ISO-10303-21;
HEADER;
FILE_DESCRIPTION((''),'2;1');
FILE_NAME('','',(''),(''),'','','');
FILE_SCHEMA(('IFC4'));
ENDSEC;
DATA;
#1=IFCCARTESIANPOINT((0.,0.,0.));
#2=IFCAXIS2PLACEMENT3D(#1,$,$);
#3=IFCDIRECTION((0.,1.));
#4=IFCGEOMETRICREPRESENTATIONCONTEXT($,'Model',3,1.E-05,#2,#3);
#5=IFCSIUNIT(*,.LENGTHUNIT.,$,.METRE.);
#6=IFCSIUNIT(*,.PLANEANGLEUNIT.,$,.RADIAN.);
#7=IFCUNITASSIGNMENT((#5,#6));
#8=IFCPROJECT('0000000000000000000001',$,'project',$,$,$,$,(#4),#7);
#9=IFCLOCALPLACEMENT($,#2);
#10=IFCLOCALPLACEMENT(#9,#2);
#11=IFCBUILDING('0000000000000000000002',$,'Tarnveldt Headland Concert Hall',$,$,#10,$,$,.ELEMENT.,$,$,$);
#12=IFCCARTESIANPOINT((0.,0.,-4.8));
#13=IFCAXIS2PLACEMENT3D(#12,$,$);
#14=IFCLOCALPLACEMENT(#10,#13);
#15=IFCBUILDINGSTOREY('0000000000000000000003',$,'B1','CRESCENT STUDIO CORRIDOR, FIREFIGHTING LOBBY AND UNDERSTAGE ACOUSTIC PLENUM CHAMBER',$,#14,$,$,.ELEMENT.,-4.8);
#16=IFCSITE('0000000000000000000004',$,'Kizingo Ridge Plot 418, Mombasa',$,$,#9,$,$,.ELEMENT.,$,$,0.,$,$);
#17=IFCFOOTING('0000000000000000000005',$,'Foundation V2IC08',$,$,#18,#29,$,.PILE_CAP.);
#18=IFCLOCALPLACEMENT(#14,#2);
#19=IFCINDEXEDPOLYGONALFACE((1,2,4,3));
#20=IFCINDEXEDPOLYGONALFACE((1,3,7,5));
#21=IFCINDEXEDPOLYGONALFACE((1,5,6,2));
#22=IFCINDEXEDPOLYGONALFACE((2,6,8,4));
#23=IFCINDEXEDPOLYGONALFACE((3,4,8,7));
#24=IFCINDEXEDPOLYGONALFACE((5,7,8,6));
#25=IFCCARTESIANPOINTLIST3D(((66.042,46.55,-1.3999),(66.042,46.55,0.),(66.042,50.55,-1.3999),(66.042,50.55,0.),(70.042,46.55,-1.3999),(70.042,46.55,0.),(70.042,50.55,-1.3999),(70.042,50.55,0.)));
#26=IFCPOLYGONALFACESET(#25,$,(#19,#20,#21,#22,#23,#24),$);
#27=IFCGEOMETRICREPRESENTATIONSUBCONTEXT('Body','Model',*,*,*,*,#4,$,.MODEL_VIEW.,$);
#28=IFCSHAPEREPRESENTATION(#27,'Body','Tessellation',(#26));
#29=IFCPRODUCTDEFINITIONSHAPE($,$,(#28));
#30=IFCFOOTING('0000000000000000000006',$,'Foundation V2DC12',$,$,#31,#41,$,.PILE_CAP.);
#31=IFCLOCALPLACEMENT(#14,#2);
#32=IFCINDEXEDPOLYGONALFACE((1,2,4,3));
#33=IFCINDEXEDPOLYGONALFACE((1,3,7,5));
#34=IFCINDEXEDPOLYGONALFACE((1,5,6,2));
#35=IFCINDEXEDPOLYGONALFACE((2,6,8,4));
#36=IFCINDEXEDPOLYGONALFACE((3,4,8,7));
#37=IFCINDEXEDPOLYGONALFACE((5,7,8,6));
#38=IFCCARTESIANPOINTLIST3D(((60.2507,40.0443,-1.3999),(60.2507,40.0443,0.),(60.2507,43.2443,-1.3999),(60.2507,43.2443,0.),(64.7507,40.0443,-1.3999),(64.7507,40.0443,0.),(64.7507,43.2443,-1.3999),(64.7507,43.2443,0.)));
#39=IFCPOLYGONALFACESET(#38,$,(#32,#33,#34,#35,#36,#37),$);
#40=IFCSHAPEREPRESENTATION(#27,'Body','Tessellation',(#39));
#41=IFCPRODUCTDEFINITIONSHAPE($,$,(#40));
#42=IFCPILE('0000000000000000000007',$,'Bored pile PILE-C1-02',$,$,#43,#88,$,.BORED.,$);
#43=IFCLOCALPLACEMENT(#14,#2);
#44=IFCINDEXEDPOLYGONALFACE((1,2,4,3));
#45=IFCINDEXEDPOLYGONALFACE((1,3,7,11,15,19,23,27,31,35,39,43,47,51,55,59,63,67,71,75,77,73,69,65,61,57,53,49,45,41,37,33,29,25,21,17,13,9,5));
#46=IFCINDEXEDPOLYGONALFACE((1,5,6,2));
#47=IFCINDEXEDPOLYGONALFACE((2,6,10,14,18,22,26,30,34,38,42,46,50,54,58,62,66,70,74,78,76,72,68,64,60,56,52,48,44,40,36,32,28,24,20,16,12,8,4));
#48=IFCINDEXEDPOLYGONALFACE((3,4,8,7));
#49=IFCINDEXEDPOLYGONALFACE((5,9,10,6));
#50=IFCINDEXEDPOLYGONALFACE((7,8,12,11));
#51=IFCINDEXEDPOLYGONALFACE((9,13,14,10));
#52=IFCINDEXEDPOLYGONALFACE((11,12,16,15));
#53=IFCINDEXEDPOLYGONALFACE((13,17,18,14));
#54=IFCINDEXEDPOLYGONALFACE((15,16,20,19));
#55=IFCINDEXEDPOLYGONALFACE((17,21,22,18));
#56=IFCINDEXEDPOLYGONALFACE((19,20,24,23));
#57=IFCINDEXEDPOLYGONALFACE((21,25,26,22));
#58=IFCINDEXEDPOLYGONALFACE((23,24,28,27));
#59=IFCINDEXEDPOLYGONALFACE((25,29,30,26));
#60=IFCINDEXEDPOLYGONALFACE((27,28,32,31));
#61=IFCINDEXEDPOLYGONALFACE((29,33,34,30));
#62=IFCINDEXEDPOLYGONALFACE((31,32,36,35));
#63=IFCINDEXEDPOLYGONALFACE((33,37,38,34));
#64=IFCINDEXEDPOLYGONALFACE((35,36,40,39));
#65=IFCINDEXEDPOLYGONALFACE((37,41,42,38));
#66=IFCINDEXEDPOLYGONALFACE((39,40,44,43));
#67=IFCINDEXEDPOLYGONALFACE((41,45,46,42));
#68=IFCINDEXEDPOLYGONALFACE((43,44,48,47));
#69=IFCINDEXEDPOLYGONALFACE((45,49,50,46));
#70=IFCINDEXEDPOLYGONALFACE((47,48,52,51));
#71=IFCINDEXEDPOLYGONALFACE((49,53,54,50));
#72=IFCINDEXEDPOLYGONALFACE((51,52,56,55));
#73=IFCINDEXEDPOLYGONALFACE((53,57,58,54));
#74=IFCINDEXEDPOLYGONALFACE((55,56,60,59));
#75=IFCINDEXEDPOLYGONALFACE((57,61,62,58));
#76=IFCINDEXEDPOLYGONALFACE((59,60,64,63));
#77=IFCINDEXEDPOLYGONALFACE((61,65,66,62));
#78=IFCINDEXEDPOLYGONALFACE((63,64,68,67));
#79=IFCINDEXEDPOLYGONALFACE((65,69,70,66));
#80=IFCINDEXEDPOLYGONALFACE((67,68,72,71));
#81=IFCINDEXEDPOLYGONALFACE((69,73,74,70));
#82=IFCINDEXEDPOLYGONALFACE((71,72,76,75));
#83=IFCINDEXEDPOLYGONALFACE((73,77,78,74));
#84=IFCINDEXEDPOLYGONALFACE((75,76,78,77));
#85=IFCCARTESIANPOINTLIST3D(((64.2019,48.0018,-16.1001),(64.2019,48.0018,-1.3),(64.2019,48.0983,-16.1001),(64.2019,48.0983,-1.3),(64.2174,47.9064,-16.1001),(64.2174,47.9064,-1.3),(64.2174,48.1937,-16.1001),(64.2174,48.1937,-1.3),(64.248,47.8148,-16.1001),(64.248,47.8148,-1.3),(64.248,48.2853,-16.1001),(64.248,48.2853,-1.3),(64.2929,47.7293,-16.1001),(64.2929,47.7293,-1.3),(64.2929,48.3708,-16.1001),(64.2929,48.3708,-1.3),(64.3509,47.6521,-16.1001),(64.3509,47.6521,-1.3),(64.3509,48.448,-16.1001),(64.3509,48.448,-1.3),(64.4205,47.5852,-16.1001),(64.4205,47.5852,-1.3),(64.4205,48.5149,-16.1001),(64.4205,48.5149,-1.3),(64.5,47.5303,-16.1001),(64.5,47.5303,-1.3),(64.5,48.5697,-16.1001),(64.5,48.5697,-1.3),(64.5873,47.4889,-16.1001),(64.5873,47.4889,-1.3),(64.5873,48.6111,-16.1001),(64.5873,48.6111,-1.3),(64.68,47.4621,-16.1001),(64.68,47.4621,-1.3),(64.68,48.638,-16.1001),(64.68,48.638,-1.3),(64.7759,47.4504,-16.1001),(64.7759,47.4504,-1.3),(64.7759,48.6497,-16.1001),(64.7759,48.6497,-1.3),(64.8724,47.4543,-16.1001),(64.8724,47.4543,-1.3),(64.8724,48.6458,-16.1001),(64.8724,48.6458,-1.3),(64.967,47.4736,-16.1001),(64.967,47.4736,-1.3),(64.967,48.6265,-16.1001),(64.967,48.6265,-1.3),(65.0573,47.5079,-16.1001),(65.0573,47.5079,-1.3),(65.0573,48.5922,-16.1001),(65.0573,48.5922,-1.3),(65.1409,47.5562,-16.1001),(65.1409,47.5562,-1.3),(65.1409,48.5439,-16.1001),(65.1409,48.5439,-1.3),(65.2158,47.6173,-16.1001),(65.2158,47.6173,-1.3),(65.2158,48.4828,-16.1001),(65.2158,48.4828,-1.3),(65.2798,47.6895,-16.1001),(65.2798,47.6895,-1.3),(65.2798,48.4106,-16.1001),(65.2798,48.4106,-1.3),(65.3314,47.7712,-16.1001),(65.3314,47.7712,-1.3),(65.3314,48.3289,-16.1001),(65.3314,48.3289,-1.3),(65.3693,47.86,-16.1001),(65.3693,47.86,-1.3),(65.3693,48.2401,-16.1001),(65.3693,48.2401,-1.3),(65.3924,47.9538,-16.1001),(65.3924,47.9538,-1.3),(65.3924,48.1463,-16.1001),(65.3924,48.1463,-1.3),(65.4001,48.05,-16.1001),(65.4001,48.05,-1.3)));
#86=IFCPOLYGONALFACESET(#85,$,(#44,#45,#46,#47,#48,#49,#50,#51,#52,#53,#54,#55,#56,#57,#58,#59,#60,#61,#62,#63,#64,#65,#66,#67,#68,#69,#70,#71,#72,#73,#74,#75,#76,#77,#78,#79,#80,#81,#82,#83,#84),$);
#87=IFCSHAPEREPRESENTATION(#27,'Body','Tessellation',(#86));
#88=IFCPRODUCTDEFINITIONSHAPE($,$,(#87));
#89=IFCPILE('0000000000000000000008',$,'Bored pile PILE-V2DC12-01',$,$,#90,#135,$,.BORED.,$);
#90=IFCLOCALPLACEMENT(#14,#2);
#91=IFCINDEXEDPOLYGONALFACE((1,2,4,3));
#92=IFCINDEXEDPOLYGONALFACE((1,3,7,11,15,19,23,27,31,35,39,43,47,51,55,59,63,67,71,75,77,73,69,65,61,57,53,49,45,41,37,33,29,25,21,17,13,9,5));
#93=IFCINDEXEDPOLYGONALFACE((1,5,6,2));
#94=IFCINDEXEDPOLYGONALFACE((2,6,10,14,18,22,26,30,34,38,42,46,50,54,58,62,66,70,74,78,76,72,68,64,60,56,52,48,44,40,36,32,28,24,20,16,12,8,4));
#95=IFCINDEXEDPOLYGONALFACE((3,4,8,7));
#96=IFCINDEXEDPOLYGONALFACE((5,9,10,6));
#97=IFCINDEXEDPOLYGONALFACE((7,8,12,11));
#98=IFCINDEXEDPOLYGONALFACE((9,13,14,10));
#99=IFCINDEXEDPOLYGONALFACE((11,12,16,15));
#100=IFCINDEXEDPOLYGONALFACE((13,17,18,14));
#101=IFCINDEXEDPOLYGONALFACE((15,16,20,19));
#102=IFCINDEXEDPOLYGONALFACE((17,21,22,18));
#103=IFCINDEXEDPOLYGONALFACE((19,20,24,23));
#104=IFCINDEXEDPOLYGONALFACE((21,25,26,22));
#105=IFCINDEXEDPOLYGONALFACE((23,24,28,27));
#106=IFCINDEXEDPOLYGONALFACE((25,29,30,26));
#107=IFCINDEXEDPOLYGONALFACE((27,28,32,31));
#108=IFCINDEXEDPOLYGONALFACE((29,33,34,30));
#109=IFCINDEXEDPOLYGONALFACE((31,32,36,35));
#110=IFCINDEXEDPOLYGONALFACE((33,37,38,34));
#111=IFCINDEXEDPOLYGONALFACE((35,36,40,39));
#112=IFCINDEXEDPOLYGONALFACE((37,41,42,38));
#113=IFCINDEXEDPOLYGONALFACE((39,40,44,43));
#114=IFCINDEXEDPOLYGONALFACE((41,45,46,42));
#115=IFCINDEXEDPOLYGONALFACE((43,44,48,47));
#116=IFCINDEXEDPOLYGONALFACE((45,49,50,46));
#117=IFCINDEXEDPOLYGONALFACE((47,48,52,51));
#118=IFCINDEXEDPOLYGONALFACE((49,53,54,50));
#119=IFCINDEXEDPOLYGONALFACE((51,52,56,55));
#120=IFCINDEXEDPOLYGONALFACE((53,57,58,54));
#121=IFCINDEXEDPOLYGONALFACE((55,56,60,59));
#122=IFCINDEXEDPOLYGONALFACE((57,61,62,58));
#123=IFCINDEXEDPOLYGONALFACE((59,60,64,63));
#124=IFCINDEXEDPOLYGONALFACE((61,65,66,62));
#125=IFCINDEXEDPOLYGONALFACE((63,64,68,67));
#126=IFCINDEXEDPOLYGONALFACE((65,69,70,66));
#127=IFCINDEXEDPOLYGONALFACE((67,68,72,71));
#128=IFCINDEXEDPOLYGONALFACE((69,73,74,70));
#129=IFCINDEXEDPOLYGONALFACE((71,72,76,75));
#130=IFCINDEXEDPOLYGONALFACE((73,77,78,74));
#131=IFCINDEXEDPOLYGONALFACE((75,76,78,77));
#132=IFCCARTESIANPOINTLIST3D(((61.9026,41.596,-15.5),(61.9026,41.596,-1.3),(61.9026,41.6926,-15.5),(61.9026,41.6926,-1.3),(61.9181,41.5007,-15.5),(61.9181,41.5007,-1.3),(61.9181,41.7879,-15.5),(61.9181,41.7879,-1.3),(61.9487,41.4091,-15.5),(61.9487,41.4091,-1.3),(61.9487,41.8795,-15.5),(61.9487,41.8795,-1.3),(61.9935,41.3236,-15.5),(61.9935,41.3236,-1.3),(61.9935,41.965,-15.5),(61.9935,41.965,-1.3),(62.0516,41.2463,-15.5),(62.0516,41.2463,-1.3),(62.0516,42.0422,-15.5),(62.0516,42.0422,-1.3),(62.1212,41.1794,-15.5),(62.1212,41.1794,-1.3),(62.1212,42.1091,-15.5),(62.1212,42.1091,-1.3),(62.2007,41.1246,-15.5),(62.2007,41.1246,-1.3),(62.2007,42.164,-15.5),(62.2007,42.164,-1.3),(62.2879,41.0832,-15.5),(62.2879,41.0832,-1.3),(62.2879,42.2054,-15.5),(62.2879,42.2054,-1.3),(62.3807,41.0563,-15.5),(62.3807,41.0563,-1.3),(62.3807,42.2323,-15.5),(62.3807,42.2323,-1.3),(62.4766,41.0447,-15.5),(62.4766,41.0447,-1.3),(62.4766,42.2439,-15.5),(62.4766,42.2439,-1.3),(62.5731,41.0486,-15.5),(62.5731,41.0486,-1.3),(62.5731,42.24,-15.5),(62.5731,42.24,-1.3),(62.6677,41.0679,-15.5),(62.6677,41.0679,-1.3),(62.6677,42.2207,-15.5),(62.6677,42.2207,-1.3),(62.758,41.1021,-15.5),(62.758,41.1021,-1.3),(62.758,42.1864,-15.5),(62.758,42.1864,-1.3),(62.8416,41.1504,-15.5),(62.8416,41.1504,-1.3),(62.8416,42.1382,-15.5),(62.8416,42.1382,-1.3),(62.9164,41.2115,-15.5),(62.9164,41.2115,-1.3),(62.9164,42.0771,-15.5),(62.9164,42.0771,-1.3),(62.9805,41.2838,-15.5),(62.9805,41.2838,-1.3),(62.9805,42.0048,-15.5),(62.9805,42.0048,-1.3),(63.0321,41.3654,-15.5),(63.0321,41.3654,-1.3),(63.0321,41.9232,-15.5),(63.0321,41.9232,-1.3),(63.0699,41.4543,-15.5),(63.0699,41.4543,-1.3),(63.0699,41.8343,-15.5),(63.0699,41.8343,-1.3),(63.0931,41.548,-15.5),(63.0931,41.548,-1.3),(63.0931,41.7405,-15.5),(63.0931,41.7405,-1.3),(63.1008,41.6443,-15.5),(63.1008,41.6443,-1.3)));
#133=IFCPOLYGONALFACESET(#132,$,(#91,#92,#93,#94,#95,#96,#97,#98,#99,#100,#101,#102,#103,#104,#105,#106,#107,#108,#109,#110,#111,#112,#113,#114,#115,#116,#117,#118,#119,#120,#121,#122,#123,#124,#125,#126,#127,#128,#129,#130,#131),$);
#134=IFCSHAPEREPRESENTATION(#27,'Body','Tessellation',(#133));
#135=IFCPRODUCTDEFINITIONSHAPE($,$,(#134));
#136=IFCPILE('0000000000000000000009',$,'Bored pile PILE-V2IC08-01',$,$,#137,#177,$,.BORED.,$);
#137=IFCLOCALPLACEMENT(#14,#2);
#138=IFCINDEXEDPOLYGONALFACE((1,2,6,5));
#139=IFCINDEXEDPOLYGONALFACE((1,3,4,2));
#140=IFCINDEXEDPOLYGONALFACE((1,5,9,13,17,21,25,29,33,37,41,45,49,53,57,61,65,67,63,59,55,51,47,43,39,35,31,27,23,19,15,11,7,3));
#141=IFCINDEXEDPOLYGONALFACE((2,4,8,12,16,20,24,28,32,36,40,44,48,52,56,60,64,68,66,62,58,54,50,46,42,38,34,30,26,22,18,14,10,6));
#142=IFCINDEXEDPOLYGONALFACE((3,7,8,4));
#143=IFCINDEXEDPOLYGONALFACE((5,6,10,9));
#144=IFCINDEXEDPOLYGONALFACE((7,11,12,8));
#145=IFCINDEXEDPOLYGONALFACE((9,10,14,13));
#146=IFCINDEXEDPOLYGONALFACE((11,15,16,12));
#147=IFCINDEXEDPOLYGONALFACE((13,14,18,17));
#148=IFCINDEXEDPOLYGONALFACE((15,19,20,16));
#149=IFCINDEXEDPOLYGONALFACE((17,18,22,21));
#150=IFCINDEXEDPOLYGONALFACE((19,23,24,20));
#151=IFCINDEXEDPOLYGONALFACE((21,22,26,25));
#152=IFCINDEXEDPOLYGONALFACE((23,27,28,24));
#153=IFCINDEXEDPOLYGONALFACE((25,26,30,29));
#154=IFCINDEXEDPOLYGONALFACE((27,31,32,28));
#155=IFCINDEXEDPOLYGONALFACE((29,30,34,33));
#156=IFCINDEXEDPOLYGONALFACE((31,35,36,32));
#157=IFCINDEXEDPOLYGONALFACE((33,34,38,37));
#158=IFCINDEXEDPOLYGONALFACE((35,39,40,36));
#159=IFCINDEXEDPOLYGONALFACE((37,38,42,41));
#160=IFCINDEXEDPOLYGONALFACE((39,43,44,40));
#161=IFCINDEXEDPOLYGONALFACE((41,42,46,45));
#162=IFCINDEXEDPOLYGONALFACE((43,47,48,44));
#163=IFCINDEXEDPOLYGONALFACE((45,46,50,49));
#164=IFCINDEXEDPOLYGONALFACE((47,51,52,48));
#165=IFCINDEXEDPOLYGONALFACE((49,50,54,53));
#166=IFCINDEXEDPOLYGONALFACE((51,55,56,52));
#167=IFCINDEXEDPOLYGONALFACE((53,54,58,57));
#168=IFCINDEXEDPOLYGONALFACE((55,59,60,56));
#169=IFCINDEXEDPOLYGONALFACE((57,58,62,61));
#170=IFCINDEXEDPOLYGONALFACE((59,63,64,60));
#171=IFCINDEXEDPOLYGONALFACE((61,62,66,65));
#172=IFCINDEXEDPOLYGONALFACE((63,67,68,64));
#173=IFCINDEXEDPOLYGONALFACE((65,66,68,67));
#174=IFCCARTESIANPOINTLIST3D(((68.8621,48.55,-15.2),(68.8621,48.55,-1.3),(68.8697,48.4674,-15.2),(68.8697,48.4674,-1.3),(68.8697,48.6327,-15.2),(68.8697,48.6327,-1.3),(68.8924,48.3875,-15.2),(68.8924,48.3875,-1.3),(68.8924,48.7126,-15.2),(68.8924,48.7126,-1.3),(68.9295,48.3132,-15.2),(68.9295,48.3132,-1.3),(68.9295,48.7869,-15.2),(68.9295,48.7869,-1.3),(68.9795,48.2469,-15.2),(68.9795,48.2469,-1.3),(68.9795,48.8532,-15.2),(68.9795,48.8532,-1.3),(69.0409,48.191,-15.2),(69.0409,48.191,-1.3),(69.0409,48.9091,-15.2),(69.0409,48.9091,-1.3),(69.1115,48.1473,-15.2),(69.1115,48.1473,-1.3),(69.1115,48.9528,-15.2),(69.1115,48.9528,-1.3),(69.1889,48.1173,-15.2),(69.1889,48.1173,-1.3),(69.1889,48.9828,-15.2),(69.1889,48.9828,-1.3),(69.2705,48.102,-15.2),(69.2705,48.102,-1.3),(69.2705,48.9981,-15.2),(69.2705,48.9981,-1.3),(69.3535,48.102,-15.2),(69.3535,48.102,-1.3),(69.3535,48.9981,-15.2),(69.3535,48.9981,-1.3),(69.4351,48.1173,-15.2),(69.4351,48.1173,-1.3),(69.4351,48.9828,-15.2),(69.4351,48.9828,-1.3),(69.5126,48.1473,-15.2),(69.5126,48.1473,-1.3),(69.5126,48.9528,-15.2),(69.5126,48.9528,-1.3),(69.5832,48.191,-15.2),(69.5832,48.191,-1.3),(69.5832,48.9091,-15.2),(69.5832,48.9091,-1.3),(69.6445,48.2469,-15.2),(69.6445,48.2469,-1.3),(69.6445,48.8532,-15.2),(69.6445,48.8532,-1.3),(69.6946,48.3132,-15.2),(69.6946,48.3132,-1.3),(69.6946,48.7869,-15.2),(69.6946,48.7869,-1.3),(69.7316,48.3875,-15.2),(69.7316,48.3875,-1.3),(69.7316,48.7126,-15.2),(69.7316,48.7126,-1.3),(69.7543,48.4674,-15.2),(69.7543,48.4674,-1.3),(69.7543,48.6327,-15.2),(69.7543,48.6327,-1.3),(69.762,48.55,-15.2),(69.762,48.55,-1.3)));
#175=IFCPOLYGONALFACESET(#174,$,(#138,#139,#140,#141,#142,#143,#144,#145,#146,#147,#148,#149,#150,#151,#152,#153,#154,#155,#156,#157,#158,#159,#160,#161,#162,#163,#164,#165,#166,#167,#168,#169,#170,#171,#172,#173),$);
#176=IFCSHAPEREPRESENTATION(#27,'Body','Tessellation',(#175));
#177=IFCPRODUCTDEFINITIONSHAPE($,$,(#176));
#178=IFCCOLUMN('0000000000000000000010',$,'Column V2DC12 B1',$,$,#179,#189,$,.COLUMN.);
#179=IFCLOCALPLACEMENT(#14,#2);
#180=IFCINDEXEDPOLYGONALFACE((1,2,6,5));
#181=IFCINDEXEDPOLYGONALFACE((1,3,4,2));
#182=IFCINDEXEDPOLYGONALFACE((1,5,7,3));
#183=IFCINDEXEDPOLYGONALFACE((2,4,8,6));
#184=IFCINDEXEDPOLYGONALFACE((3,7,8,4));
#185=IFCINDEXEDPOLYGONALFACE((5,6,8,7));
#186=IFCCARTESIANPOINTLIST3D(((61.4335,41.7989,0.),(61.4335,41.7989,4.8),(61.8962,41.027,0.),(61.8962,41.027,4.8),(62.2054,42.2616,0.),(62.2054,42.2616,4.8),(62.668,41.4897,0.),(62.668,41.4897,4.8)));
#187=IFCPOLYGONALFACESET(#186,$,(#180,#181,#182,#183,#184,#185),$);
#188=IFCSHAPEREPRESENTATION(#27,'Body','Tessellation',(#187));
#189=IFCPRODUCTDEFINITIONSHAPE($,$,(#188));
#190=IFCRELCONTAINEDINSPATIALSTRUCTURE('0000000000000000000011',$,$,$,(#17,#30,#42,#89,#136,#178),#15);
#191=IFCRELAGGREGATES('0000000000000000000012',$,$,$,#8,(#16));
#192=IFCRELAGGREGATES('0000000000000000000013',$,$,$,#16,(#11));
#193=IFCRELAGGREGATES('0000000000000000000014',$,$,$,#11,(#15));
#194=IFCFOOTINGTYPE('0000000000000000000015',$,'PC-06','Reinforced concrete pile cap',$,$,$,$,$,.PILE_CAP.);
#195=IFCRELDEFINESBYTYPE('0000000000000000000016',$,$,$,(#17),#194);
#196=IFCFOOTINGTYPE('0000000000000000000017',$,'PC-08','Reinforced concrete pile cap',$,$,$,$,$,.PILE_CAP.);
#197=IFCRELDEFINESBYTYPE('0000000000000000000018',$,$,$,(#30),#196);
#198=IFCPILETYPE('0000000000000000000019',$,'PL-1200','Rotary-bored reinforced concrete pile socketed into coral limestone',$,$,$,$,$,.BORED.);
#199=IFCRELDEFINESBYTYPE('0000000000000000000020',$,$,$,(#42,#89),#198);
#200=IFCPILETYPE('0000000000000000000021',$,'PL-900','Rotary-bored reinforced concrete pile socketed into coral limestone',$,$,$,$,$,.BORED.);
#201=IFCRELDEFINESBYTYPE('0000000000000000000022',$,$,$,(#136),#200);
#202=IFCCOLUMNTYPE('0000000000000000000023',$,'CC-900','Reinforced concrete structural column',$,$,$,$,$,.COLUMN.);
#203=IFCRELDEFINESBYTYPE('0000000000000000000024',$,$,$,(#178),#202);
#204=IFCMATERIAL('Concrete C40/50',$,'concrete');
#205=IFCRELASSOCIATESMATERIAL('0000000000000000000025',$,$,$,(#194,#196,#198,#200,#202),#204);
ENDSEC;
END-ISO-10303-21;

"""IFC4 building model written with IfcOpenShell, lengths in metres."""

from ifc_helpers import new_model, si_unit, direction, frame, origin, origin_2d, place, context, subcontext, project, spatial, rectangle, circle, extrude, material, material_profile, profile_set, type_object, element, save


model = new_model("IFC4")

# Units and contexts
model_context = context("Model", 3, precision=1e-05, world=origin(), true_north=direction((0.0, 1.0)))
body_context = subcontext(model_context, "Body", "Model", "MODEL_VIEW")
ifc_project = project(units=[si_unit("LENGTHUNIT", "METRE"), si_unit("PLANEANGLEUNIT", "RADIAN")], contexts=[model_context])

# Site, building, storey
site_placement = place(None, origin())
site = spatial("IfcSite", under=ifc_project, at=site_placement, Name="Kizingo Ridge Plot 418, Mombasa", CompositionType="ELEMENT", RefElevation=0.0)
building_placement = place(site_placement, origin())
building = spatial("IfcBuilding", under=site, at=building_placement, Name="Tarnveldt Headland Concert Hall", CompositionType="ELEMENT")
storey_placement = place(building_placement, frame((0.0, 0.0, -4.8)))
storey = spatial("IfcBuildingStorey", under=building, at=storey_placement, Name="B1", Description="CRESCENT STUDIO CORRIDOR, FIREFIGHTING LOBBY AND UNDERSTAGE ACOUSTIC PLENUM CHAMBER", CompositionType="ELEMENT", Elevation=-4.8)

# Footings
ifc_material_1 = material(Name="Concrete C40/50", Category="concrete")
footing_type_1 = type_object("IfcFootingType", Name="PC-06", Description="Reinforced concrete pile cap", PredefinedType="PILE_CAP", material=ifc_material_1)
footing_1_placement = place(storey_placement, frame((68.042, 48.55, -1.3999), z_axis=(0.0, 0.0, 1.0), x_axis=(1.0, 0.0, 0.0)))
element("IfcFooting", 1, at=footing_1_placement, inside=storey, type_object=footing_type_1, Name="Foundation V2IC08", PredefinedType="PILE_CAP", context=body_context, shape_type="SweptSolid", body=[
    extrude(rectangle(XDim=4.0, YDim=4.0, at=origin_2d()), origin(), (0.0, 0.0, 1.0), 1.3999),
])
footing_type_2 = type_object("IfcFootingType", Name="PC-08", Description="Reinforced concrete pile cap", PredefinedType="PILE_CAP", material=ifc_material_1)
footing_2_placement = place(storey_placement, frame((62.5007, 41.6443, -1.3999), z_axis=(0.0, 0.0, 1.0), x_axis=(1.0, 0.0, 0.0)))
element("IfcFooting", 2, at=footing_2_placement, inside=storey, type_object=footing_type_2, Name="Foundation V2DC12", PredefinedType="PILE_CAP", context=body_context, shape_type="SweptSolid", body=[
    extrude(rectangle(XDim=4.5, YDim=3.2, at=origin_2d()), origin(), (0.0, 0.0, 1.0), 1.3999),
])

# Piles
ifc_material_profile_1 = material_profile(ifc_material_1, circle(Radius=0.6001, at=origin_2d()), Name="BORED PILE D1200", Category="concrete")
ifc_profile_set_1 = profile_set([ifc_material_profile_1], Name="Concrete C40/50")
pile_type_1 = type_object("IfcPileType", Name="PL-1200", Description="Rotary-bored reinforced concrete pile socketed into coral limestone", PredefinedType="BORED", material=ifc_profile_set_1)
pile_1_placement = place(storey_placement, frame((64.8, 48.05, -1.3), z_axis=(0.0, 0.0, -1.0), x_axis=(1.0, 0.0, 0.0)))
element("IfcPile", 3, at=pile_1_placement, inside=storey, type_object=pile_type_1, Name="Bored pile PILE-C1-02", PredefinedType="BORED", context=body_context, shape_type="SweptSolid", body=[
    extrude(circle(Radius=0.6001, at=origin_2d()), origin(), (0.0, 0.0, 1.0), 14.8),
])
pile_2_placement = place(storey_placement, frame((62.5007, 41.6443, -1.3), z_axis=(0.0, 0.0, -1.0), x_axis=(1.0, 0.0, 0.0)))
element("IfcPile", 4, at=pile_2_placement, inside=storey, type_object=pile_type_1, Name="Bored pile PILE-V2DC12-01", PredefinedType="BORED", context=body_context, shape_type="SweptSolid", body=[
    extrude(circle(Radius=0.6001, at=origin_2d()), origin(), (0.0, 0.0, 1.0), 14.2),
])
ifc_material_profile_2 = material_profile(ifc_material_1, circle(Radius=0.45, at=origin_2d()), Name="BORED PILE D900", Category="concrete")
ifc_profile_set_2 = profile_set([ifc_material_profile_2], Name="Concrete C40/50")
pile_type_2 = type_object("IfcPileType", Name="PL-900", Description="Rotary-bored reinforced concrete pile socketed into coral limestone", PredefinedType="BORED", material=ifc_profile_set_2)
pile_3_placement = place(storey_placement, frame((69.312, 48.55, -1.3), z_axis=(0.0, 0.0, -1.0), x_axis=(1.0, 0.0, 0.0)))
element("IfcPile", 5, at=pile_3_placement, inside=storey, type_object=pile_type_2, Name="Bored pile PILE-V2IC08-01", PredefinedType="BORED", context=body_context, shape_type="SweptSolid", body=[
    extrude(circle(Radius=0.45, at=origin_2d()), origin(), (0.0, 0.0, 1.0), 13.8999),
])

# Column
ifc_material_profile_3 = material_profile(ifc_material_1, rectangle(XDim=0.8999, YDim=0.8999, at=origin_2d()), Name="RC 900x900", Category="concrete")
ifc_profile_set_3 = profile_set([ifc_material_profile_3], Name="Concrete C40/50")
column_type_1 = type_object("IfcColumnType", Name="CC-900", Description="Reinforced concrete structural column", PredefinedType="COLUMN", material=ifc_profile_set_3)
column_1_placement = place(storey_placement, frame((62.0508, 41.6443, 0.0), z_axis=(0.0, 0.0, 1.0), x_axis=(-0.857706, -0.51414, 0.0)))
element("IfcColumn", 6, at=column_1_placement, inside=storey, type_object=column_type_1, Name="Column V2DC12 B1", PredefinedType="COLUMN", context=body_context, shape_type="SweptSolid", body=[
    extrude(rectangle(XDim=0.8999, YDim=0.8999, at=origin_2d()), origin(), (0.0, 0.0, 1.0), 4.8),
])

save(model, "model.ifc")
